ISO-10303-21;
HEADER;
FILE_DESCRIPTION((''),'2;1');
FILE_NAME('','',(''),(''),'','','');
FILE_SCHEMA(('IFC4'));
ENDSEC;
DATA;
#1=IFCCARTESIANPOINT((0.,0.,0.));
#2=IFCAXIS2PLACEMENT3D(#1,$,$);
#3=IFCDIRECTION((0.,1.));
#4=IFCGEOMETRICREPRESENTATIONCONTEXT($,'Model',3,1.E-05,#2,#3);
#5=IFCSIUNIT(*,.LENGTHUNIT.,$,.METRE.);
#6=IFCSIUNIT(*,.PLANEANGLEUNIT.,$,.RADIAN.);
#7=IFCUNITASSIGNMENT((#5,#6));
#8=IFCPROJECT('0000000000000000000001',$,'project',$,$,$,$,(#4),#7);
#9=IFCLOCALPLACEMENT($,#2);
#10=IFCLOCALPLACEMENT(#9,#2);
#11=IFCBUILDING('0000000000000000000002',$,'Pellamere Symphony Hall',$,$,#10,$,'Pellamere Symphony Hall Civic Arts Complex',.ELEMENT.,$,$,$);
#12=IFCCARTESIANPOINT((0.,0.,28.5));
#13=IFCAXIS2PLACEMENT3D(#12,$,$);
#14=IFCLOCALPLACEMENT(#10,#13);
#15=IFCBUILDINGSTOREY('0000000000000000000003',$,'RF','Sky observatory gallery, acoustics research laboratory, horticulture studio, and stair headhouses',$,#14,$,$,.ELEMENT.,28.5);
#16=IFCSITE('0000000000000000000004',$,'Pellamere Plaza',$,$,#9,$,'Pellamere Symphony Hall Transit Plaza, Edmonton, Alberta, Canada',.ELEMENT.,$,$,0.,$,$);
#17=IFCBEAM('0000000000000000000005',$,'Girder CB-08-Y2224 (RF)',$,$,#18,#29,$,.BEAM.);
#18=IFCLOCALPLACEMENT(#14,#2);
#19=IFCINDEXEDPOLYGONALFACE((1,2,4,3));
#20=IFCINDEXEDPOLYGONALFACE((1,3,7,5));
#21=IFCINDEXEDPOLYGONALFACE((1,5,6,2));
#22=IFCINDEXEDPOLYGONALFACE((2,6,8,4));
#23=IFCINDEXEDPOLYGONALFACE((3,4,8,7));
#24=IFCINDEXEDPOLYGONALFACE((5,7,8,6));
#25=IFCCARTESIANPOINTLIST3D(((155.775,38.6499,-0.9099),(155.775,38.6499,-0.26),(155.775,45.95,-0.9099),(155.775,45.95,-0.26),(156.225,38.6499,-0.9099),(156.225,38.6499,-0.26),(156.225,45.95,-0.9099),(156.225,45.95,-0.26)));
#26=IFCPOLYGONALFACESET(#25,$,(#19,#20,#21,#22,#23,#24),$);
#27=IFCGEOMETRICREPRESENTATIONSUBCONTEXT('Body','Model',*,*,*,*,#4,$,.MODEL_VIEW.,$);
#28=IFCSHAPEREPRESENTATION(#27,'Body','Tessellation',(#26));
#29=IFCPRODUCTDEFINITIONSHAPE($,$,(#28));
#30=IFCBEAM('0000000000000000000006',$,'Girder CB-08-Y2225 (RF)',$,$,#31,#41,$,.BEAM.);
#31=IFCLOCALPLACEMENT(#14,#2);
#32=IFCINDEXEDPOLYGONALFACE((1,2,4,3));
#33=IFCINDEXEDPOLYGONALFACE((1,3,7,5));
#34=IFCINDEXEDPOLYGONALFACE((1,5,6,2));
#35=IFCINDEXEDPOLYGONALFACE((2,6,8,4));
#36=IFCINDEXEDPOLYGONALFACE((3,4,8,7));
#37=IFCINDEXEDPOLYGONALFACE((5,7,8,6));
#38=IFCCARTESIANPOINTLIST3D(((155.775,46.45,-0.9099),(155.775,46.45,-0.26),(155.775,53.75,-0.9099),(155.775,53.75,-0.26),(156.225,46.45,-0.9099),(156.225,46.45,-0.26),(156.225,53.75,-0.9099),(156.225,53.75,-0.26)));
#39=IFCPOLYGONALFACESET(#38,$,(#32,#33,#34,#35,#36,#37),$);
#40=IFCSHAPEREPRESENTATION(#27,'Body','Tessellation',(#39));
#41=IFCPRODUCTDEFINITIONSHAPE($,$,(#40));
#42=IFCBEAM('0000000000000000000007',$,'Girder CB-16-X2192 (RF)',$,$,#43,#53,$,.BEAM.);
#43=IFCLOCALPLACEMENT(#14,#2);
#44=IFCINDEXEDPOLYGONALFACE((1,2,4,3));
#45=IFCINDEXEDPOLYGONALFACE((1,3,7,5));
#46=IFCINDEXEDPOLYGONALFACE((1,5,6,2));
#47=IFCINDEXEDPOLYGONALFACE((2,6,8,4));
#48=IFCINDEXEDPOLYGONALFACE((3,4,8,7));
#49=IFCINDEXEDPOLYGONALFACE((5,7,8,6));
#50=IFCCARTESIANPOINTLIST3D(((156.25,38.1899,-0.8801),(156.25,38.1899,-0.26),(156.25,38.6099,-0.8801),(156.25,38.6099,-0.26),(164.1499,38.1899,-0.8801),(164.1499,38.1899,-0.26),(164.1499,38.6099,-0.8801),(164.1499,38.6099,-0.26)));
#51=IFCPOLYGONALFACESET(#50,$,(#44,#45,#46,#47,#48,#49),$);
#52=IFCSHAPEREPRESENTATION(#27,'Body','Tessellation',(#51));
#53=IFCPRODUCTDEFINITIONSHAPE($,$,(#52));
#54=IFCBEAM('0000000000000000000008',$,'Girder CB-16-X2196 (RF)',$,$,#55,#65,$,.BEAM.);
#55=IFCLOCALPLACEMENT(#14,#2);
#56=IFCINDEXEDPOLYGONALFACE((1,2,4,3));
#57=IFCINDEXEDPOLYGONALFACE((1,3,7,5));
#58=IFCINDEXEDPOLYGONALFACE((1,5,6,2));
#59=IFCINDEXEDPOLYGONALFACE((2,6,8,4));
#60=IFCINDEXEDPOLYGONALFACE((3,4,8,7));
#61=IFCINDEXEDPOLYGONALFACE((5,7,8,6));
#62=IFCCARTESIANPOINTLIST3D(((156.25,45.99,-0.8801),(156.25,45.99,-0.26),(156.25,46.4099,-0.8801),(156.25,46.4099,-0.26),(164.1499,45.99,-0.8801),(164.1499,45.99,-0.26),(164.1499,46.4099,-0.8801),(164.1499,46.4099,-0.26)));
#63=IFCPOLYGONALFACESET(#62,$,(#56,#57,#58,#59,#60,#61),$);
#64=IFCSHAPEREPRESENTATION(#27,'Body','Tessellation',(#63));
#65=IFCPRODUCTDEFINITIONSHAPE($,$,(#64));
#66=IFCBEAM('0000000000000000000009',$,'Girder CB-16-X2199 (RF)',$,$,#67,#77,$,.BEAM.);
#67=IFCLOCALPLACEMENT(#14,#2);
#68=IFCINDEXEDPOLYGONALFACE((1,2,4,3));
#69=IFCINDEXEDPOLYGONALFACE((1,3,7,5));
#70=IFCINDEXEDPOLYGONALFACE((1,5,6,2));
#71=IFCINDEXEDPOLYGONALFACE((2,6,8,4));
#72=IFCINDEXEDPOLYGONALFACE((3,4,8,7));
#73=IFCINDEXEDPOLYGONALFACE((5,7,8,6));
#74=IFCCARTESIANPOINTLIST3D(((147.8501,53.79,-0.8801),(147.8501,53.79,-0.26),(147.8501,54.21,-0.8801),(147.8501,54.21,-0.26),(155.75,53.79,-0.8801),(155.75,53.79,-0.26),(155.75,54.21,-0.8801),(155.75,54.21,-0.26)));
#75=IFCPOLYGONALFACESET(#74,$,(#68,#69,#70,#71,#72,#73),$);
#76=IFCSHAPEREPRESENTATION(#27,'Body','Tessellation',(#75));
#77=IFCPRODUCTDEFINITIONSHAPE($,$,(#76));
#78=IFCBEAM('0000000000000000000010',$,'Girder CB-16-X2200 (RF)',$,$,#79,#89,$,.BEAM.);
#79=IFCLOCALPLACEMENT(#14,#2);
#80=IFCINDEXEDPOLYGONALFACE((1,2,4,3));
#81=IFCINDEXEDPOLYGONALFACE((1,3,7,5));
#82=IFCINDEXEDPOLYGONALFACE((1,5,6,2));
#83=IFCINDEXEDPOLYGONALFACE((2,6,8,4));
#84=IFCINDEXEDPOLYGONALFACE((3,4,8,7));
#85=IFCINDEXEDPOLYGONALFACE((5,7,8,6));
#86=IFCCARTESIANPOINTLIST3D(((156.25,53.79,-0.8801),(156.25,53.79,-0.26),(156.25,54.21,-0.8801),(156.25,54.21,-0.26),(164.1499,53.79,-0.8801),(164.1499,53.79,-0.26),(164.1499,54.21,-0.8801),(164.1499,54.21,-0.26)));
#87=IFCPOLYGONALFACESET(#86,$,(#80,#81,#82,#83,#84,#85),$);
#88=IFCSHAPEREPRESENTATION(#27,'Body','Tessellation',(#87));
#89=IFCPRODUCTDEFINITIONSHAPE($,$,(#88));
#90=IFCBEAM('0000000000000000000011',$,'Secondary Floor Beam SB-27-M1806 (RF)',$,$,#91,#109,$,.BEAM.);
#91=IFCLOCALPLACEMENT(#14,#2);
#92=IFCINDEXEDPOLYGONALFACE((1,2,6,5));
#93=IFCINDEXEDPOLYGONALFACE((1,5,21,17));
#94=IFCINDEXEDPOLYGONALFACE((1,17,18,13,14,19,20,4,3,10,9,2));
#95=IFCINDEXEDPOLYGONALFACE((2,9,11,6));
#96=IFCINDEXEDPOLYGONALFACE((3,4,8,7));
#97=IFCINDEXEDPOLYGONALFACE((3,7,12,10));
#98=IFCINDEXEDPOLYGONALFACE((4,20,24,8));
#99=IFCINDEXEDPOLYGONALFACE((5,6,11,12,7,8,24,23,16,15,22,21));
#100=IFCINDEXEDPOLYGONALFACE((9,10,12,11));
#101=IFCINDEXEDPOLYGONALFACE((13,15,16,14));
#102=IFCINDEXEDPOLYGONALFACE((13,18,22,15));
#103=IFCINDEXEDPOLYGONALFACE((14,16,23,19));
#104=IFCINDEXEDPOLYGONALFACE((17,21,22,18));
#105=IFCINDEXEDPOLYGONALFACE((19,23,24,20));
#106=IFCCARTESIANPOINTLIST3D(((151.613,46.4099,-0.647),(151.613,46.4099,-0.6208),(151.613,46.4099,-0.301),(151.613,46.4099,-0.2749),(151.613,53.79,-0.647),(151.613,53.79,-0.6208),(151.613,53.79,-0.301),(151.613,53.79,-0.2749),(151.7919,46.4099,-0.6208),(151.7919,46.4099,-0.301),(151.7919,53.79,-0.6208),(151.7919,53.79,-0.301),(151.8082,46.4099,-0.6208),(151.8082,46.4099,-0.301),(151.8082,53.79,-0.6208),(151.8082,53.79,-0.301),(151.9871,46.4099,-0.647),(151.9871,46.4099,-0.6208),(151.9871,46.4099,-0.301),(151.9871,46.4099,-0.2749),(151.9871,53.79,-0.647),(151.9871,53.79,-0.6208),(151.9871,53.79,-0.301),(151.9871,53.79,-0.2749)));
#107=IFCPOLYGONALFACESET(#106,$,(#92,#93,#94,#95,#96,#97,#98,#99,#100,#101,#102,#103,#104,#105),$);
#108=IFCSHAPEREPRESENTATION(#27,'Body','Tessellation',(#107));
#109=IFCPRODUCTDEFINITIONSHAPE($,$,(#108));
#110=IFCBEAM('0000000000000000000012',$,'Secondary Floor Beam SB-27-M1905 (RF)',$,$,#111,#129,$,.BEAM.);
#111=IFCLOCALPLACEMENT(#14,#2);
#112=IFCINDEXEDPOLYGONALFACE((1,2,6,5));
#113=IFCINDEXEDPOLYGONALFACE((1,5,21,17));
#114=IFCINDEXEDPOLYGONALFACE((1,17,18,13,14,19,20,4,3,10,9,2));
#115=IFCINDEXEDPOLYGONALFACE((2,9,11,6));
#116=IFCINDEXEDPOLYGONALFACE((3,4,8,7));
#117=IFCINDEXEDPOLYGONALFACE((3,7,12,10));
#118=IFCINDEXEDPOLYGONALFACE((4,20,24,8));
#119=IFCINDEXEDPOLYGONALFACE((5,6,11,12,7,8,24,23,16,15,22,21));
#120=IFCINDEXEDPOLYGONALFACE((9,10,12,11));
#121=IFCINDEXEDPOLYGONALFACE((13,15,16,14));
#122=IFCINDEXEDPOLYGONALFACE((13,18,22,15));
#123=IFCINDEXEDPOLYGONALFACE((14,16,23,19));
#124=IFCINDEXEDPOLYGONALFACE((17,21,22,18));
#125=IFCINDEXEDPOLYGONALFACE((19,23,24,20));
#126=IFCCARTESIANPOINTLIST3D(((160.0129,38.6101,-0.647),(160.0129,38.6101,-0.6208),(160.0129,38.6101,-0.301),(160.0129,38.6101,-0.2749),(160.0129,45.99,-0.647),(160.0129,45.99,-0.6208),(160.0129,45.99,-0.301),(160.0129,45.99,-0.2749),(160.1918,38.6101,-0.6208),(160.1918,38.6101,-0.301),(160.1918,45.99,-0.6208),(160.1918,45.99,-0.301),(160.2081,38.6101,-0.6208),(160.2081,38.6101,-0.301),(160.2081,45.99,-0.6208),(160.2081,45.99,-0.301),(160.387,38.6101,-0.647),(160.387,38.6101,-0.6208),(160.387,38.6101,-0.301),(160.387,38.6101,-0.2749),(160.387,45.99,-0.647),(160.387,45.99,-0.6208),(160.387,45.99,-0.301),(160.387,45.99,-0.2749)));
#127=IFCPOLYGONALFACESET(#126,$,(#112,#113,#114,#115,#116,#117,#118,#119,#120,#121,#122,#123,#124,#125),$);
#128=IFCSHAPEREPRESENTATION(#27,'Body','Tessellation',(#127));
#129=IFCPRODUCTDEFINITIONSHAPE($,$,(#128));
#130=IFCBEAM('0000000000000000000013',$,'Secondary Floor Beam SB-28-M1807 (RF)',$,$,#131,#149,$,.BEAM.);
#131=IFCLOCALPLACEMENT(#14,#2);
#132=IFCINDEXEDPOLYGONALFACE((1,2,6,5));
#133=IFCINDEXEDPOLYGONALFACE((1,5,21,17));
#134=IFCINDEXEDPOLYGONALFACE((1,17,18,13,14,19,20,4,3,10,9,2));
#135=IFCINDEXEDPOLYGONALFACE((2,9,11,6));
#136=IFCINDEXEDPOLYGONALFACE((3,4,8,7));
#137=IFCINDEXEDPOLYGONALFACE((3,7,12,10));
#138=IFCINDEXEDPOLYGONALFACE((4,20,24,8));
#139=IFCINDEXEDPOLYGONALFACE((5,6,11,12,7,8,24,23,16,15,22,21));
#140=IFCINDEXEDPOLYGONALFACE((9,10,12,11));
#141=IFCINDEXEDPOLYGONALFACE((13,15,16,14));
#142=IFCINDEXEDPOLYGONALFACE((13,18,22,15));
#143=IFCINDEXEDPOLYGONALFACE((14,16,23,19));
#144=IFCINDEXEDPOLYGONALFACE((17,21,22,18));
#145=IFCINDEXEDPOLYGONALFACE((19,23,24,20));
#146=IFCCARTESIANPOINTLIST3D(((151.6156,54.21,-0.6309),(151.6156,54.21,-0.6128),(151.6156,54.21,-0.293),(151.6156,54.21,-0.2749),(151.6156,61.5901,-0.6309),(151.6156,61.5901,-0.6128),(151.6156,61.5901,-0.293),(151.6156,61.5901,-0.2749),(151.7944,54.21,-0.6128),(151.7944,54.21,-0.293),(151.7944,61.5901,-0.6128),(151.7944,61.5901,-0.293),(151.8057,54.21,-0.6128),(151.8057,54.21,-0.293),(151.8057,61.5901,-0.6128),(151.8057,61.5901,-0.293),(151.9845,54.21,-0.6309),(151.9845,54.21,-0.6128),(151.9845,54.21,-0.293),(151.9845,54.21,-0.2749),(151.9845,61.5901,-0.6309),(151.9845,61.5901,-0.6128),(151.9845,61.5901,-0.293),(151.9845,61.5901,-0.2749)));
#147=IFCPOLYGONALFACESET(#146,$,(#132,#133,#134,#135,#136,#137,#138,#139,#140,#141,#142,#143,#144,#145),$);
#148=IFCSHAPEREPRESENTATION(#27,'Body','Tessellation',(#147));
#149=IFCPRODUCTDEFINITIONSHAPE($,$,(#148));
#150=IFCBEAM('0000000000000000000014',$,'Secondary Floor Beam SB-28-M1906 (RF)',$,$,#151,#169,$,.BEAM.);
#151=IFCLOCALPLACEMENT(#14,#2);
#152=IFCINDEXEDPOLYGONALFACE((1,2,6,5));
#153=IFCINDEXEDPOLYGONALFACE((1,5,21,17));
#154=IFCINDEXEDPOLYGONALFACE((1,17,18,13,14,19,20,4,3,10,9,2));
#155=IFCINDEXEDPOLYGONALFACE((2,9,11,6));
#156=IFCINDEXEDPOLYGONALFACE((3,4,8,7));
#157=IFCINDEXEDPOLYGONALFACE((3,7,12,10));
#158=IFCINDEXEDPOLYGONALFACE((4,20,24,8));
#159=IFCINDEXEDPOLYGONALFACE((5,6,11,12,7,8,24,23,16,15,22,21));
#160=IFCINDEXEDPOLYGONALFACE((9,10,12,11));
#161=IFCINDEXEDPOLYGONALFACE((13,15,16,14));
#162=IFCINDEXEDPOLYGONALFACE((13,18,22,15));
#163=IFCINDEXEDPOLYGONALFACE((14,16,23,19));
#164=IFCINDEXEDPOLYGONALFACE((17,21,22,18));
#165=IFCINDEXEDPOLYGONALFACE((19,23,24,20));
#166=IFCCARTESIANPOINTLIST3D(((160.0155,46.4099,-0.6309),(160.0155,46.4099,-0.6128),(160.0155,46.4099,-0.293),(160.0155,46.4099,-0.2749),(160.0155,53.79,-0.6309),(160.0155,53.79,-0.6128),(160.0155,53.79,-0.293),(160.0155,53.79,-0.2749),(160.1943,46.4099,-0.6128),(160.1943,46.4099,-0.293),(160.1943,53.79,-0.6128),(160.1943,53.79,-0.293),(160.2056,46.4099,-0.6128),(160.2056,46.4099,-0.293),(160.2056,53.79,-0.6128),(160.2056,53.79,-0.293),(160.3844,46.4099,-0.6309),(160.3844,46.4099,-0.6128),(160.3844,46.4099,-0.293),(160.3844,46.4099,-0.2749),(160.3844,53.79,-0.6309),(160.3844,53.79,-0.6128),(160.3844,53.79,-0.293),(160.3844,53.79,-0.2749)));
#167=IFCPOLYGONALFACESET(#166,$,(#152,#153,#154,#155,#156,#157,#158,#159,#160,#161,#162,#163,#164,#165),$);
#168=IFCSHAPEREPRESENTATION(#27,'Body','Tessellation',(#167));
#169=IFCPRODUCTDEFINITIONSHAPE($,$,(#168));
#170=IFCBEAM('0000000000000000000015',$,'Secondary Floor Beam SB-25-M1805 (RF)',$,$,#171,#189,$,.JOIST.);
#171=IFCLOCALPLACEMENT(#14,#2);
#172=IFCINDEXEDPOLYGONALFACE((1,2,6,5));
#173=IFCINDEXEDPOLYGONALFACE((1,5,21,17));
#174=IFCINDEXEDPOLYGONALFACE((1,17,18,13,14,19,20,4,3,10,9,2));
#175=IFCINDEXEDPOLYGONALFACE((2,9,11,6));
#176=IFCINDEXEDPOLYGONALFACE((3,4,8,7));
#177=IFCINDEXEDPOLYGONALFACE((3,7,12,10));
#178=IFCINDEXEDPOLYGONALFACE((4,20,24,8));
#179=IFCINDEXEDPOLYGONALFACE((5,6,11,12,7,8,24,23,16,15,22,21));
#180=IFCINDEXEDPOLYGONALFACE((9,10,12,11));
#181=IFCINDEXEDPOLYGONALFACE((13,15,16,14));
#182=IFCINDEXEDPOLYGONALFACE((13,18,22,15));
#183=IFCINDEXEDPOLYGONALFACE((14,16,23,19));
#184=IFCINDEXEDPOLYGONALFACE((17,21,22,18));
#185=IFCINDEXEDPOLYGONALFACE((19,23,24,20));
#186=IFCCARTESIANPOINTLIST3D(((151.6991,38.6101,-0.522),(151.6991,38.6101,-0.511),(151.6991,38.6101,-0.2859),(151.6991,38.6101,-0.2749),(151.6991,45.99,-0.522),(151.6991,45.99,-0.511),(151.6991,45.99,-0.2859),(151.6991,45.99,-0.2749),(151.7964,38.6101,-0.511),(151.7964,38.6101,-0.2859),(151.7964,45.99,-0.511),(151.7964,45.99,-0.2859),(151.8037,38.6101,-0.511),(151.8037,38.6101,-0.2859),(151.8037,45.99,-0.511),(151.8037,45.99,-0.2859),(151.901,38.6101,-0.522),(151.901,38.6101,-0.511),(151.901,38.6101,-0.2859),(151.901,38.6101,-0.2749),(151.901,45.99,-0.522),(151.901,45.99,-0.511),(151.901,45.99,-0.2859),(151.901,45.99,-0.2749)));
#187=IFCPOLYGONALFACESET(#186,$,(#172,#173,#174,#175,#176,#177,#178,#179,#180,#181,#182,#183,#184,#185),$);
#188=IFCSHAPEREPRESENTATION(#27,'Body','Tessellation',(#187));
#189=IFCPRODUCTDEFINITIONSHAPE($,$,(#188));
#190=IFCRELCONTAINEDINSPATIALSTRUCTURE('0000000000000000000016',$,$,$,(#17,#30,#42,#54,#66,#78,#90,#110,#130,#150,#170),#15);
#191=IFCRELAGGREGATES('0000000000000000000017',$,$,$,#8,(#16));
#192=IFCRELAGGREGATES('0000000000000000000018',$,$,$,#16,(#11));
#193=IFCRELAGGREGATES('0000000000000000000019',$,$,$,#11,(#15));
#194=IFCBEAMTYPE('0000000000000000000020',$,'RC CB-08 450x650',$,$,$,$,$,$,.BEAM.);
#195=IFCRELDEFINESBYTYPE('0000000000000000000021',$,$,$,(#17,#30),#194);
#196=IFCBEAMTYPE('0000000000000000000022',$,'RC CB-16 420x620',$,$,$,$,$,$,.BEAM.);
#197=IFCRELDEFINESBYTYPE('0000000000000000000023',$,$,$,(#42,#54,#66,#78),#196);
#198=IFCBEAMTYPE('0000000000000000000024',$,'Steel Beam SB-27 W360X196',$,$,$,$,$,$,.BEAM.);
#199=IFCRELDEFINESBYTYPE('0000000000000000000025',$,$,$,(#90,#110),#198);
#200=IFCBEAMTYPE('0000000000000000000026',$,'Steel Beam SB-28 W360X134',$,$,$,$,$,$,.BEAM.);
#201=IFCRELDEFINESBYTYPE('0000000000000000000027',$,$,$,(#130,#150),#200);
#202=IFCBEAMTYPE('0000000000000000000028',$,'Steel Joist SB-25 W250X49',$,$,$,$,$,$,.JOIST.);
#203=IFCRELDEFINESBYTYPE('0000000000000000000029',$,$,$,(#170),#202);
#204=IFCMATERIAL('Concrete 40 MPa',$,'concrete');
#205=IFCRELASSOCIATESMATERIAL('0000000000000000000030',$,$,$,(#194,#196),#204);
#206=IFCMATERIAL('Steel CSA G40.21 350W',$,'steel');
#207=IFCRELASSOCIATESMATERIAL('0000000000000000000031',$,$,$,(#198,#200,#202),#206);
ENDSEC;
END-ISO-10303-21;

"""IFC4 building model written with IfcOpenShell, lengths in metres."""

from ifc_helpers import new_model, si_unit, direction, frame, origin, origin_2d, place, context, subcontext, project, spatial, rectangle, i_section, extrude, material, material_profile, profile_set, type_object, element, save


model = new_model("IFC4")

# Units and contexts
model_context = context("Model", 3, precision=1e-05, world=origin(), true_north=direction((0.0, 1.0)))
body_context = subcontext(model_context, "Body", "Model", "MODEL_VIEW")
ifc_project = project(units=[si_unit("LENGTHUNIT", "METRE"), si_unit("PLANEANGLEUNIT", "RADIAN")], contexts=[model_context])

# Site, building, storey
site_placement = place(None, origin())
site = spatial("IfcSite", under=ifc_project, at=site_placement, Name="Pellamere Plaza", LongName="Pellamere Symphony Hall Transit Plaza, Edmonton, Alberta, Canada", CompositionType="ELEMENT", RefElevation=0.0)
building_placement = place(site_placement, origin())
building = spatial("IfcBuilding", under=site, at=building_placement, Name="Pellamere Symphony Hall", LongName="Pellamere Symphony Hall Civic Arts Complex", CompositionType="ELEMENT")
storey_placement = place(building_placement, frame((0.0, 0.0, 28.5)))
storey = spatial("IfcBuildingStorey", under=building, at=storey_placement, Name="RF", Description="Sky observatory gallery, acoustics research laboratory, horticulture studio, and stair headhouses", CompositionType="ELEMENT", Elevation=28.5)

# Beams
ifc_material_1 = material(Name="Concrete 40 MPa", Category="concrete")
ifc_material_profile_1 = material_profile(ifc_material_1, rectangle(XDim=0.45, YDim=0.6499, at=origin_2d()), Name="RC 450x650")
ifc_profile_set_1 = profile_set([ifc_material_profile_1], Name="Concrete 40 MPa")
beam_type_1 = type_object("IfcBeamType", Name="RC CB-08 450x650", PredefinedType="BEAM", material=ifc_profile_set_1)
for number, where, z_axis, x_axis, name in (
    (1, (156.0, 38.6499, -0.585), (0.0, 1.0, 0.0), (-1.0, 0.0, 0.0), "Girder CB-08-Y2224 (RF)"),
    (2, (156.0, 46.45, -0.585), (0.0, 1.0, 0.0), (-1.0, 0.0, 0.0), "Girder CB-08-Y2225 (RF)"),
):
    element("IfcBeam", number, at=place(storey_placement, frame(where, z_axis=z_axis, x_axis=x_axis)), inside=storey, type_object=beam_type_1, Name=name, PredefinedType="BEAM", context=body_context, shape_type="SweptSolid", body=[
        extrude(rectangle(XDim=0.45, YDim=0.6499, at=origin_2d()), origin(), (0.0, 0.0, 1.0), 7.3),
    ])
ifc_material_profile_2 = material_profile(ifc_material_1, rectangle(XDim=0.4199, YDim=0.6201, at=origin_2d()), Name="RC 420x620")
ifc_profile_set_2 = profile_set([ifc_material_profile_2], Name="Concrete 40 MPa")
beam_type_2 = type_object("IfcBeamType", Name="RC CB-16 420x620", PredefinedType="BEAM", material=ifc_profile_set_2)
for number, where, z_axis, x_axis, name in (
    (3, (156.25, 38.3999, -0.5701), (1.0, 0.0, 0.0), (0.0, 1.0, 0.0), "Girder CB-16-X2192 (RF)"),
    (4, (156.25, 46.2, -0.5701), (1.0, 0.0, 0.0), (0.0, 1.0, 0.0), "Girder CB-16-X2196 (RF)"),
    (5, (147.8501, 54.0, -0.5701), (1.0, 0.0, 0.0), (0.0, 1.0, 0.0), "Girder CB-16-X2199 (RF)"),
    (6, (156.25, 54.0, -0.5701), (1.0, 0.0, 0.0), (0.0, 1.0, 0.0), "Girder CB-16-X2200 (RF)"),
):
    element("IfcBeam", number, at=place(storey_placement, frame(where, z_axis=z_axis, x_axis=x_axis)), inside=storey, type_object=beam_type_2, Name=name, PredefinedType="BEAM", context=body_context, shape_type="SweptSolid", body=[
        extrude(rectangle(XDim=0.4199, YDim=0.6201, at=origin_2d()), origin(), (0.0, 0.0, 1.0), 7.8999),
    ])
ifc_material_2 = material(Name="Steel CSA G40.21 350W", Category="steel")
ifc_material_profile_3 = material_profile(ifc_material_2, i_section(OverallWidth=0.374, OverallDepth=0.3721, WebThickness=0.0164, FlangeThickness=0.0261, at=origin_2d()), Name="W360X196")
ifc_profile_set_3 = profile_set([ifc_material_profile_3], Name="Steel CSA G40.21 350W")
beam_type_3 = type_object("IfcBeamType", Name="Steel Beam SB-27 W360X196", PredefinedType="BEAM", material=ifc_profile_set_3)
beam_1_placement = place(storey_placement, frame((151.8, 46.4099, -0.4609), z_axis=(0.0, 1.0, 0.0), x_axis=(-1.0, 0.0, 0.0)))
element("IfcBeam", 7, at=beam_1_placement, inside=storey, type_object=beam_type_3, Name="Secondary Floor Beam SB-27-M1806 (RF)", PredefinedType="BEAM", context=body_context, shape_type="SweptSolid", body=[
    extrude(i_section(OverallWidth=0.374, OverallDepth=0.3721, WebThickness=0.0164, FlangeThickness=0.0261, at=origin_2d()), origin(), (0.0, 0.0, 1.0), 7.3801),
])
beam_2_placement = place(storey_placement, frame((160.2, 38.6101, -0.4609), z_axis=(0.0, 1.0, 0.0), x_axis=(-1.0, 0.0, 0.0)))
element("IfcBeam", 8, at=beam_2_placement, inside=storey, type_object=beam_type_3, Name="Secondary Floor Beam SB-27-M1905 (RF)", PredefinedType="BEAM", context=body_context, shape_type="SweptSolid", body=[
    extrude(i_section(OverallWidth=0.374, OverallDepth=0.3721, WebThickness=0.0164, FlangeThickness=0.0261, at=origin_2d()), origin(), (0.0, 0.0, 1.0), 7.3799),
])
ifc_material_profile_4 = material_profile(ifc_material_2, i_section(OverallWidth=0.3689, OverallDepth=0.356, WebThickness=0.0112, FlangeThickness=0.0181, at=origin_2d()), Name="W360X134")
ifc_profile_set_4 = profile_set([ifc_material_profile_4], Name="Steel CSA G40.21 350W")
beam_type_4 = type_object("IfcBeamType", Name="Steel Beam SB-28 W360X134", PredefinedType="BEAM", material=ifc_profile_set_4)
for number, where, z_axis, x_axis, name in (
    (9, (151.8, 54.21, -0.4529), (0.0, 1.0, 0.0), (-1.0, 0.0, 0.0), "Secondary Floor Beam SB-28-M1807 (RF)"),
    (10, (160.2, 46.4099, -0.4529), (0.0, 1.0, 0.0), (-1.0, 0.0, 0.0), "Secondary Floor Beam SB-28-M1906 (RF)"),
):
    element("IfcBeam", number, at=place(storey_placement, frame(where, z_axis=z_axis, x_axis=x_axis)), inside=storey, type_object=beam_type_4, Name=name, PredefinedType="BEAM", context=body_context, shape_type="SweptSolid", body=[
        extrude(i_section(OverallWidth=0.3689, OverallDepth=0.356, WebThickness=0.0112, FlangeThickness=0.0181, at=origin_2d()), origin(), (0.0, 0.0, 1.0), 7.3801),
    ])
ifc_material_profile_5 = material_profile(ifc_material_2, i_section(OverallWidth=0.2019, OverallDepth=0.2471, WebThickness=0.0073, FlangeThickness=0.011, at=origin_2d()), Name="W250X49")
ifc_profile_set_5 = profile_set([ifc_material_profile_5], Name="Steel CSA G40.21 350W")
beam_type_5 = type_object("IfcBeamType", Name="Steel Joist SB-25 W250X49", PredefinedType="JOIST", material=ifc_profile_set_5)
beam_3_placement = place(storey_placement, frame((151.8, 38.6101, -0.3984), z_axis=(0.0, 1.0, 0.0), x_axis=(-1.0, 0.0, 0.0)))
element("IfcBeam", 11, at=beam_3_placement, inside=storey, type_object=beam_type_5, Name="Secondary Floor Beam SB-25-M1805 (RF)", PredefinedType="JOIST", context=body_context, shape_type="SweptSolid", body=[
    extrude(i_section(OverallWidth=0.2019, OverallDepth=0.2471, WebThickness=0.0073, FlangeThickness=0.011, at=origin_2d()), origin(), (0.0, 0.0, 1.0), 7.3799),
])

save(model, "model.ifc")
